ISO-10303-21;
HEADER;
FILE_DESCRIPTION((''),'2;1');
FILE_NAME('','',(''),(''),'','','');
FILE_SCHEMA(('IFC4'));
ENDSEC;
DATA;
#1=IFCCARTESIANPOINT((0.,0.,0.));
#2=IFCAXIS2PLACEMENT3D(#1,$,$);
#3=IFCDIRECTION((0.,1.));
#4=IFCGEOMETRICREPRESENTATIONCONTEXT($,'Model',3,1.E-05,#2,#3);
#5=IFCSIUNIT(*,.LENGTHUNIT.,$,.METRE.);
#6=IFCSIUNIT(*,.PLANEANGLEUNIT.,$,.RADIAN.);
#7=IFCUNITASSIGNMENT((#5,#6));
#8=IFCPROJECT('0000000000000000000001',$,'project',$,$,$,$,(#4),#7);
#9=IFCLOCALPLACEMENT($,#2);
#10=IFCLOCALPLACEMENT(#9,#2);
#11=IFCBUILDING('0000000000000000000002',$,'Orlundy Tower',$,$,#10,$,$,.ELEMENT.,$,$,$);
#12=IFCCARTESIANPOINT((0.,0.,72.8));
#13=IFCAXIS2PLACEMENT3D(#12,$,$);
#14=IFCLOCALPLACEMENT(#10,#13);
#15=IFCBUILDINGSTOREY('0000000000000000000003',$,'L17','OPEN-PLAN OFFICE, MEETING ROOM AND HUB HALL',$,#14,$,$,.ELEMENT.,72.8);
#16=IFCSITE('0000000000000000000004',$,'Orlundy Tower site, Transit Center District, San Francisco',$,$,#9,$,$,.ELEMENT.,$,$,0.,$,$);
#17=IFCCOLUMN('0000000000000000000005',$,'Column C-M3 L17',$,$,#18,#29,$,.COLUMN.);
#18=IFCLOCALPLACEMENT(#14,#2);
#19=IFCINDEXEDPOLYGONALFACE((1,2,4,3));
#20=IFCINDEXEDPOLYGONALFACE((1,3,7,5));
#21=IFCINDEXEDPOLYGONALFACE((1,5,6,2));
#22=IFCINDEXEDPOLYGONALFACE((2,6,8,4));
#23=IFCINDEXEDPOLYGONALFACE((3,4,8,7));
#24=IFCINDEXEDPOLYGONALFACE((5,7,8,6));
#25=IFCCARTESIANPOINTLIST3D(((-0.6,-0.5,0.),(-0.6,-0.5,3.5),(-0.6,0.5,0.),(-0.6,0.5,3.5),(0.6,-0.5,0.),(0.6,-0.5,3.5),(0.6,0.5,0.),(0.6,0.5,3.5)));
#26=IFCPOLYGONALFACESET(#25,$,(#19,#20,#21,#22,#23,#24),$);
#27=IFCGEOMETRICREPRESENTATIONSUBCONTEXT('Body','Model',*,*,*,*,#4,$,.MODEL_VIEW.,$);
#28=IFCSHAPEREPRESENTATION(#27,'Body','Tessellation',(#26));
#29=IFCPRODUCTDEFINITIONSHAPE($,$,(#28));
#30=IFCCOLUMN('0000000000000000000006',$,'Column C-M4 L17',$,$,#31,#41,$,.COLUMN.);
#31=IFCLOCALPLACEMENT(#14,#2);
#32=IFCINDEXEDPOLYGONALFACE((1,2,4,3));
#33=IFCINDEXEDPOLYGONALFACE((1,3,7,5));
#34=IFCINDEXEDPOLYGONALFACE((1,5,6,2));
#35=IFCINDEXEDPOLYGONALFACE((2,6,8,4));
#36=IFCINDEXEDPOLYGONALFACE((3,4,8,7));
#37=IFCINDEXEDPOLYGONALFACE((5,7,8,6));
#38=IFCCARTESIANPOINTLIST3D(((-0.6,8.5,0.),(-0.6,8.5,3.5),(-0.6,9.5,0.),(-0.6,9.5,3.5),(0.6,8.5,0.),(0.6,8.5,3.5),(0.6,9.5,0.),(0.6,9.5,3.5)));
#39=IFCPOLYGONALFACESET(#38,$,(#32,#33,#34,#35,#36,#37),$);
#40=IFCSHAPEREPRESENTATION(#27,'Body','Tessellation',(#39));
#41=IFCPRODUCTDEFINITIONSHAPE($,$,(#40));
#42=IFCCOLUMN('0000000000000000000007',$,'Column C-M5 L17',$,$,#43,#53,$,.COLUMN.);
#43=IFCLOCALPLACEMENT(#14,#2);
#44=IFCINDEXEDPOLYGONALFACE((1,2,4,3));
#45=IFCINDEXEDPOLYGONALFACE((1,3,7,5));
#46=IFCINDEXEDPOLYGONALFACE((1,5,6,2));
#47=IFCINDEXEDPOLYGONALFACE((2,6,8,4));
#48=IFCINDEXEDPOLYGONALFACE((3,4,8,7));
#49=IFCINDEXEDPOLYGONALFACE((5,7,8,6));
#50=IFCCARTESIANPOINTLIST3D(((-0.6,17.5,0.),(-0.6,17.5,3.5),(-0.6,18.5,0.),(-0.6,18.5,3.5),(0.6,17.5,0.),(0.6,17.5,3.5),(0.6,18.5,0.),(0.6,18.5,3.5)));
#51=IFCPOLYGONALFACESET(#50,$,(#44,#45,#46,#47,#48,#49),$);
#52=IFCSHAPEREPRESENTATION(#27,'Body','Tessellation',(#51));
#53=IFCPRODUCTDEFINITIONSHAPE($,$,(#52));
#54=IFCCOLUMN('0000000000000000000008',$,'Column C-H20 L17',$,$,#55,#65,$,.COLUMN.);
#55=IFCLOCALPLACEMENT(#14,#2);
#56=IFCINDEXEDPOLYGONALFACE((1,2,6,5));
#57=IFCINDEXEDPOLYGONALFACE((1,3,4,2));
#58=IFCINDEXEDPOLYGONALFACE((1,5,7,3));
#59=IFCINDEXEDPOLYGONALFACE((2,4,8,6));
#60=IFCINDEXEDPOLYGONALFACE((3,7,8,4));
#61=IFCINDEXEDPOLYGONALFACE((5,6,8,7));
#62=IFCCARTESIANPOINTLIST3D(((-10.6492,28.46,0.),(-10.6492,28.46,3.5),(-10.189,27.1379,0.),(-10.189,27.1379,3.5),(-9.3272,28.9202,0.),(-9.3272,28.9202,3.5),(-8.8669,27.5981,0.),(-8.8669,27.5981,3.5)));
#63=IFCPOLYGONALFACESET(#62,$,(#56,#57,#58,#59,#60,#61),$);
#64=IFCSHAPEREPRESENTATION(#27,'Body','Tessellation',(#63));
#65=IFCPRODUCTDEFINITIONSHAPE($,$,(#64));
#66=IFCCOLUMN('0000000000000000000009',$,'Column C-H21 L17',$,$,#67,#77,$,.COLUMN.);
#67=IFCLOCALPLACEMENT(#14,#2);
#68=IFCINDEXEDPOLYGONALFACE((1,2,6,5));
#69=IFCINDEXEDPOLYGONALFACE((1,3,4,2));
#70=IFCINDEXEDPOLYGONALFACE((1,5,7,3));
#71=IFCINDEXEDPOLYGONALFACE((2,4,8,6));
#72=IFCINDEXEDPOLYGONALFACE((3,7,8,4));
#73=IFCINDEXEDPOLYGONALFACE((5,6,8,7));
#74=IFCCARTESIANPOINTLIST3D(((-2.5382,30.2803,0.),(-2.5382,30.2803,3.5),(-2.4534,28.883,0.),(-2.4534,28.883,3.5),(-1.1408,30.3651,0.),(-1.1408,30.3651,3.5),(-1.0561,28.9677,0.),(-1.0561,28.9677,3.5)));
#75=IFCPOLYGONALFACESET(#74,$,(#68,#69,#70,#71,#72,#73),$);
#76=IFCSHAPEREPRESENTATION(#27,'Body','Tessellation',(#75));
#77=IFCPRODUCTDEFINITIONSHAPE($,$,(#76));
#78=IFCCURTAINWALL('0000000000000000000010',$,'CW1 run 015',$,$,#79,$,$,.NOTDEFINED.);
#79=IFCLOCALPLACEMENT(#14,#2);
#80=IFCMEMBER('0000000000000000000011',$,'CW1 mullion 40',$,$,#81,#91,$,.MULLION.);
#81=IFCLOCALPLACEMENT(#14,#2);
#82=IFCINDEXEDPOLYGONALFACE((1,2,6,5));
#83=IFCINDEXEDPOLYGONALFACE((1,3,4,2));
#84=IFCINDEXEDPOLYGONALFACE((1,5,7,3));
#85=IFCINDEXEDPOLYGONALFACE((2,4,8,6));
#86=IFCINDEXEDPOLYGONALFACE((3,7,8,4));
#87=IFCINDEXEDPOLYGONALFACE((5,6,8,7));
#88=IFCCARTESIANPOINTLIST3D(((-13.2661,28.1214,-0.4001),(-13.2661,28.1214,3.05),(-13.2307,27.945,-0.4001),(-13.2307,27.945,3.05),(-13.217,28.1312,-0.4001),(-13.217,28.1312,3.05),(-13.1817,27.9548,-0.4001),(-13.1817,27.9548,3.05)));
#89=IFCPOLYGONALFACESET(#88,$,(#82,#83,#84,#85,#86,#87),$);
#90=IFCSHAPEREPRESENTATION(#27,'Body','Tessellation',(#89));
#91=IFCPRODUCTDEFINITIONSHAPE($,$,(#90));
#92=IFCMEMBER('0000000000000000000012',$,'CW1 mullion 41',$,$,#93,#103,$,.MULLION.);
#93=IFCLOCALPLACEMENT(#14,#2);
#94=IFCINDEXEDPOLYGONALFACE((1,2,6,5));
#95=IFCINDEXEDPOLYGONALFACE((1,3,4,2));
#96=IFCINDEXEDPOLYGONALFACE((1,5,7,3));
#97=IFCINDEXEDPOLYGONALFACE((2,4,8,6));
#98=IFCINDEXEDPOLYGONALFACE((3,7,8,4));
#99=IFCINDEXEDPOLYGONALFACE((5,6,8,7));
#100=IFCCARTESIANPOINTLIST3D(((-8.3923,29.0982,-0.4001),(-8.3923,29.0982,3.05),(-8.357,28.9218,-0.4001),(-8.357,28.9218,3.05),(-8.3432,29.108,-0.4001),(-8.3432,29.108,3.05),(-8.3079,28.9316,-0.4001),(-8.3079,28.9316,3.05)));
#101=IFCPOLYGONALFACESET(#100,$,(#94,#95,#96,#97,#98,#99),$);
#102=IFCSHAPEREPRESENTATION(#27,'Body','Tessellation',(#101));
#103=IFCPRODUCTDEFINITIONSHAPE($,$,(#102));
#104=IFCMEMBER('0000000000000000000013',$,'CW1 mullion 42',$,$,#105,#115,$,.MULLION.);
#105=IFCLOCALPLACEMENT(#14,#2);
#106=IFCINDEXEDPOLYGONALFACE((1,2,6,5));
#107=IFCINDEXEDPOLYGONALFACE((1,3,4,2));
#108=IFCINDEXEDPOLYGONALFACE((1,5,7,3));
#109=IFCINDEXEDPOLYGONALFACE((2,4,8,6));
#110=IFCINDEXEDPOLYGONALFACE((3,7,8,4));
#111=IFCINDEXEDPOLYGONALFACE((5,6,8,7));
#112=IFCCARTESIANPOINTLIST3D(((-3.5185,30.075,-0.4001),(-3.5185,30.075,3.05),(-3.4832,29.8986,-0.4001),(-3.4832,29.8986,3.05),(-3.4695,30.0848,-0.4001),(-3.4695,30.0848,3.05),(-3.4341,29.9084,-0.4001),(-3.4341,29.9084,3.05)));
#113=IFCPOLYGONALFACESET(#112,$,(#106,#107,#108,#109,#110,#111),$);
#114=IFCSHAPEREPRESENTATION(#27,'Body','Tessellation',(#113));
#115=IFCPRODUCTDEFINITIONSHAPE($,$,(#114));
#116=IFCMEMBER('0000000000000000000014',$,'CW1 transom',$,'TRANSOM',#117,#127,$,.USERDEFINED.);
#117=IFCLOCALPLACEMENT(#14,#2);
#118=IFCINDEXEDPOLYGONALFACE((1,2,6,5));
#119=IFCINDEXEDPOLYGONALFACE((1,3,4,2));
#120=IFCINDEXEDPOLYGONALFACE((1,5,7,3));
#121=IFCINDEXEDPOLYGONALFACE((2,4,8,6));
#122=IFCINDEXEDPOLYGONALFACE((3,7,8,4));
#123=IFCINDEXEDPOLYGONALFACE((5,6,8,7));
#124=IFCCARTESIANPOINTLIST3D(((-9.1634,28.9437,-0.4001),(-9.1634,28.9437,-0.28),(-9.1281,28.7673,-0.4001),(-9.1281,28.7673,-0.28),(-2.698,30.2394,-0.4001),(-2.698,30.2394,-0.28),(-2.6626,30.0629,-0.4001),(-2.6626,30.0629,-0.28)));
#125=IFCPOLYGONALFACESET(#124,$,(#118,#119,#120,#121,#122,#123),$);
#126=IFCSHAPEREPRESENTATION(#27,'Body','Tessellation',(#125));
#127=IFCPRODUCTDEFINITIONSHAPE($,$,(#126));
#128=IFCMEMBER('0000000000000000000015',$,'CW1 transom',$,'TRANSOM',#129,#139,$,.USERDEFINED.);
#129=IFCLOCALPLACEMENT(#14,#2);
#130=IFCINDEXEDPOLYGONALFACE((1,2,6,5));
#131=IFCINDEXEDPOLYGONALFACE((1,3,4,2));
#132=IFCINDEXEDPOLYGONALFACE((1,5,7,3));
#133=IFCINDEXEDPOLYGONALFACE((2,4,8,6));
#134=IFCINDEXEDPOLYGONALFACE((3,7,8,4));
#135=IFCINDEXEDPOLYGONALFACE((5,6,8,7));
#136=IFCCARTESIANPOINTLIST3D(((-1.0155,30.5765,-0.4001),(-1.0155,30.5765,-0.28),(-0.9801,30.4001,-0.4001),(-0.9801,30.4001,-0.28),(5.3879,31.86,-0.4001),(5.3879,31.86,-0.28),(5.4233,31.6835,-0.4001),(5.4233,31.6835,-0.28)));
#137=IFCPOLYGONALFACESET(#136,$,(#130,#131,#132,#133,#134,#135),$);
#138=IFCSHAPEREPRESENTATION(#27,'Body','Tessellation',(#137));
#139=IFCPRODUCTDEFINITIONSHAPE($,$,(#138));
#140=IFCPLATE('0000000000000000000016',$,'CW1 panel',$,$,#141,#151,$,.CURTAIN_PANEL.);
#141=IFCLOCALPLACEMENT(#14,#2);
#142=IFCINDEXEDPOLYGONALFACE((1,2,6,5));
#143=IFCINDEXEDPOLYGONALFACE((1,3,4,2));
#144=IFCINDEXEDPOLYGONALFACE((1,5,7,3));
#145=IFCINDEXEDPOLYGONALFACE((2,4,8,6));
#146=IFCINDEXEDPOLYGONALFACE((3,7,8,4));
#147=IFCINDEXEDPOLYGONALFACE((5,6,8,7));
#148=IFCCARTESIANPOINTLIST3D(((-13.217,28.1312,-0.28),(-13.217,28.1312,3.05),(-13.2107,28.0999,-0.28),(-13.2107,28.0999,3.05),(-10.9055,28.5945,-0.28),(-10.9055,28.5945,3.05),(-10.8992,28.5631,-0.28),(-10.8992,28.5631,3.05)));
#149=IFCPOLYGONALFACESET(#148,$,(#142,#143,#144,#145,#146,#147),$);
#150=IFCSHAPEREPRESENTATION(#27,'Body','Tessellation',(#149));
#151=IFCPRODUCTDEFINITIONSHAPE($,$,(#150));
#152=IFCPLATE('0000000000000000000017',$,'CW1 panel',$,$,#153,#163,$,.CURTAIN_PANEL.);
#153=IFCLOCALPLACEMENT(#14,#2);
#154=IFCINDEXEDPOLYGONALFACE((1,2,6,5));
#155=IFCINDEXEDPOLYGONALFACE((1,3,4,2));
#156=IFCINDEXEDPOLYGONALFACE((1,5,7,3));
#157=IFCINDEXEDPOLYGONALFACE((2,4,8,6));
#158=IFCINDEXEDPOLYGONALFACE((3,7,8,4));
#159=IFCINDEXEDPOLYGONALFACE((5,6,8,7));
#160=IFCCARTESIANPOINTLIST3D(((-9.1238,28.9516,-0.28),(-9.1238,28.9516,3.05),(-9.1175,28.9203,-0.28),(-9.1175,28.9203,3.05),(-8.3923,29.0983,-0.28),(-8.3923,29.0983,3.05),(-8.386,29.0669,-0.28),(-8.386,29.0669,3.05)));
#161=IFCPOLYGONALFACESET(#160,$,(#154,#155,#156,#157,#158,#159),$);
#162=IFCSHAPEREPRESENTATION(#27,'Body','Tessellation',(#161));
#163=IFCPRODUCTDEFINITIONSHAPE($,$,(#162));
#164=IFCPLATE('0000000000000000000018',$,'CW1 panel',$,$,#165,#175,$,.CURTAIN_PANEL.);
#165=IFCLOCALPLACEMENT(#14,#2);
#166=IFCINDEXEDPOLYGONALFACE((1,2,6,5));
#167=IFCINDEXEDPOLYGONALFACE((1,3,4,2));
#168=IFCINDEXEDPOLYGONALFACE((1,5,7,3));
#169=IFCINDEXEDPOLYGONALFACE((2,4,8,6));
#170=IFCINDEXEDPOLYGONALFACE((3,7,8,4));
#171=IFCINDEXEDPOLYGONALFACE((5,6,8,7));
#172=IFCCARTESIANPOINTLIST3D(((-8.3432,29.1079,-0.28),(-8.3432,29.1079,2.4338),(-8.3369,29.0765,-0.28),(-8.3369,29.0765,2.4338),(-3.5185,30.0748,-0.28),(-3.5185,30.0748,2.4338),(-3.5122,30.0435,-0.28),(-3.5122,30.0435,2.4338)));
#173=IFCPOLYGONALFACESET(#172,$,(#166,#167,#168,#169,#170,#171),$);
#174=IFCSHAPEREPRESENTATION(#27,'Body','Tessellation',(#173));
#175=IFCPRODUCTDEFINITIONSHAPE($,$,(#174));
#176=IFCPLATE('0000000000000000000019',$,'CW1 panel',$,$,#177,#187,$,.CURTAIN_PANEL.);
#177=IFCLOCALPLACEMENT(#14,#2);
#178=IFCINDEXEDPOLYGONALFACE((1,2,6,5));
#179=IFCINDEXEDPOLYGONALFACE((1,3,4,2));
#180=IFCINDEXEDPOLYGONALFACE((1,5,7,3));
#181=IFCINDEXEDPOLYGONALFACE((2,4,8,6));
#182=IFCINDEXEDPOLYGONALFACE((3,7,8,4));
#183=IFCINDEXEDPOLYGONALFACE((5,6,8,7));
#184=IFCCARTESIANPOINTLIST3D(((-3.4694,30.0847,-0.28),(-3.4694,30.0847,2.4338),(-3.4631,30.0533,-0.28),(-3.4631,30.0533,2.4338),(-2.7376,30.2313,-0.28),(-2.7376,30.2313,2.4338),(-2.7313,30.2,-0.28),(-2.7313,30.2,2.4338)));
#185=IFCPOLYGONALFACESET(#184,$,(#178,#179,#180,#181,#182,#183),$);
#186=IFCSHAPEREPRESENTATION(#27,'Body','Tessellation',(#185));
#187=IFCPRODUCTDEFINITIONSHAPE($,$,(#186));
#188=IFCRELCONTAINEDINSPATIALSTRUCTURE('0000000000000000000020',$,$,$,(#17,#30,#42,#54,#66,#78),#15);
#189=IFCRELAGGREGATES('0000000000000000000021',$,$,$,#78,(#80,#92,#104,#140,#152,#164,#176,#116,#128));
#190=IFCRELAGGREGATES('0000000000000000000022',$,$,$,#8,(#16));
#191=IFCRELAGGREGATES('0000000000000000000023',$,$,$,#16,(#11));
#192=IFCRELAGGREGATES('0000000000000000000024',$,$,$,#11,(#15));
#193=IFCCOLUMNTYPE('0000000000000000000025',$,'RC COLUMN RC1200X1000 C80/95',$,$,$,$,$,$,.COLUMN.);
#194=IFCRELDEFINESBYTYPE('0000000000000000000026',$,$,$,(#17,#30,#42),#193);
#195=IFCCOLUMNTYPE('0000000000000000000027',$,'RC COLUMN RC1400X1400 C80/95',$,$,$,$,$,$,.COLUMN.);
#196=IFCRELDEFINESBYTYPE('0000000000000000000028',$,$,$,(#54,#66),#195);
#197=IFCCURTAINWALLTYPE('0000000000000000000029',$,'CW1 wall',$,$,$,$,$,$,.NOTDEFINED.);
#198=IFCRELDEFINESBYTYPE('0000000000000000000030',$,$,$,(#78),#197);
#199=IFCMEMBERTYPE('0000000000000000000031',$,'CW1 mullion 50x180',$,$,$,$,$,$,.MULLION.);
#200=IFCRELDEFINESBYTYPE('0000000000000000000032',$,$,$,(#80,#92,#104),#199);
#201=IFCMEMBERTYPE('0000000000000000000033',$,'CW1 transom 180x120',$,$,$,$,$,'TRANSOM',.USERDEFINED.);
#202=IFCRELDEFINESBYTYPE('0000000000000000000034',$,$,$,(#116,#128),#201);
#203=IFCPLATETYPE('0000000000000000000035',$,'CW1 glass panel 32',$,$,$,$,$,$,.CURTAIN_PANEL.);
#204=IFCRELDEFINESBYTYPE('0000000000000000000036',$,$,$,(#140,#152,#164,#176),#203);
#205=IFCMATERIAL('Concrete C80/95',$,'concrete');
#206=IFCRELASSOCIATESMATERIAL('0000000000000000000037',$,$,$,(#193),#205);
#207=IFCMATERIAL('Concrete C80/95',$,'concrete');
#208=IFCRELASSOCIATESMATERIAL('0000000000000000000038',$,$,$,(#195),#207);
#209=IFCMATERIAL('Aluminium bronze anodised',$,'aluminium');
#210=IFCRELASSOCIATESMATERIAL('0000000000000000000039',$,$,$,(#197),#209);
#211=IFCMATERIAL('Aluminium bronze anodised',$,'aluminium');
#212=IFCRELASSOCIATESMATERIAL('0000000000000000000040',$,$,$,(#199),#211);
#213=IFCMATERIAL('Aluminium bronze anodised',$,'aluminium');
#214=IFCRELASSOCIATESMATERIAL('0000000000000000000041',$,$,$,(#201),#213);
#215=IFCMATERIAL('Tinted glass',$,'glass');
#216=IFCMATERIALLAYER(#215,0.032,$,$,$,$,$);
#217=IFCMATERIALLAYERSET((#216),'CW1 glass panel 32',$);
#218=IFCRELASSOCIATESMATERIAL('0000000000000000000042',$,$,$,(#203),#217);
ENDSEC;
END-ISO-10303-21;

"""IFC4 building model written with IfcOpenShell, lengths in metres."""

from ifc_helpers import new_model, si_unit, direction, frame, origin, origin_2d, place, context, subcontext, project, spatial, rectangle, extrude, material, layer, layer_set, material_profile, profile_set, type_object, element, aggregate, save


model = new_model("IFC4")

# Units and contexts
model_context = context("Model", 3, precision=1e-05, world=origin(), true_north=direction((0.0, 1.0)))
body_context = subcontext(model_context, "Body", "Model", "MODEL_VIEW")
ifc_project = project(units=[si_unit("LENGTHUNIT", "METRE"), si_unit("PLANEANGLEUNIT", "RADIAN")], contexts=[model_context])

# Site, building, storey
site_placement = place(None, origin())
site = spatial("IfcSite", under=ifc_project, at=site_placement, Name="Orlundy Tower site, Transit Center District, San Francisco", CompositionType="ELEMENT", RefElevation=0.0)
building_placement = place(site_placement, origin())
building = spatial("IfcBuilding", under=site, at=building_placement, Name="Orlundy Tower", CompositionType="ELEMENT")
storey_placement = place(building_placement, frame((0.0, 0.0, 72.8)))
storey = spatial("IfcBuildingStorey", under=building, at=storey_placement, Name="L17", Description="OPEN-PLAN OFFICE, MEETING ROOM AND HUB HALL", CompositionType="ELEMENT", Elevation=72.8)

# Columns
ifc_material_1 = material(Name="Concrete C80/95", Category="concrete")
ifc_material_profile_1 = material_profile(ifc_material_1, rectangle(XDim=1.2, YDim=1.0, at=origin_2d()), Name="RC1200X1000")
ifc_profile_set_1 = profile_set([ifc_material_profile_1], Name="Concrete C80/95")
column_type_1 = type_object("IfcColumnType", Name="RC COLUMN RC1200X1000 C80/95", PredefinedType="COLUMN", material=ifc_profile_set_1)
for number, where, z_axis, x_axis, name in (
    (1, (0.0, 0.0, 0.0), (0.0, 0.0, 1.0), (1.0, 0.0, 0.0), "Column C-M3 L17"),
    (2, (0.0, 9.0, 0.0), (0.0, 0.0, 1.0), (1.0, 0.0, 0.0), "Column C-M4 L17"),
    (3, (0.0, 18.0, 0.0), (0.0, 0.0, 1.0), (1.0, 0.0, 0.0), "Column C-M5 L17"),
):
    element("IfcColumn", number, at=place(storey_placement, frame(where, z_axis=z_axis, x_axis=x_axis)), inside=storey, type_object=column_type_1, Name=name, PredefinedType="COLUMN", context=body_context, shape_type="SweptSolid", body=[
        extrude(rectangle(XDim=1.2, YDim=1.0, at=origin_2d()), origin(), (0.0, 0.0, 1.0), 3.5),
    ])
ifc_material_2 = material(Name="Concrete C80/95", Category="concrete")
ifc_material_profile_2 = material_profile(ifc_material_2, rectangle(XDim=1.3999, YDim=1.3999, at=origin_2d()), Name="RC1400X1400")
ifc_profile_set_2 = profile_set([ifc_material_profile_2], Name="Concrete C80/95")
column_type_2 = type_object("IfcColumnType", Name="RC COLUMN RC1400X1400 C80/95", PredefinedType="COLUMN", material=ifc_profile_set_2)
for number, where, z_axis, x_axis, name in (
    (4, (-9.7581, 28.0291, 0.0), (0.0, 0.0, 1.0), (-0.328784, 0.944405, 0.0), "Column C-H20 L17"),
    (5, (-1.7971, 29.624, 0.0), (0.0, 0.0, 1.0), (-0.060543, 0.998166, 0.0), "Column C-H21 L17"),
):
    element("IfcColumn", number, at=place(storey_placement, frame(where, z_axis=z_axis, x_axis=x_axis)), inside=storey, type_object=column_type_2, Name=name, PredefinedType="COLUMN", context=body_context, shape_type="SweptSolid", body=[
        extrude(rectangle(XDim=1.3999, YDim=1.3999, at=origin_2d()), origin(), (0.0, 0.0, 1.0), 3.5),
    ])

# Curtain wall, members, plates
ifc_material_3 = material(Name="Aluminium bronze anodised", Category="aluminium")
curtain_wall_type = type_object("IfcCurtainWallType", Name="CW1 wall", PredefinedType="NOTDEFINED", material=ifc_material_3)
curtain_wall_placement = place(storey_placement, origin())
curtain_wall = element("IfcCurtainWall", 6, at=curtain_wall_placement, inside=storey, type_object=curtain_wall_type, Name="CW1 run 015", PredefinedType="NOTDEFINED")
ifc_material_4 = material(Name="Aluminium bronze anodised", Category="aluminium")
ifc_material_profile_3 = material_profile(ifc_material_4, rectangle(XDim=0.1799, YDim=0.05, at=origin_2d()), Name="CW1 mullion 50x180")
ifc_profile_set_3 = profile_set([ifc_material_profile_3], Name="Aluminium bronze anodised")
member_type_1 = type_object("IfcMemberType", Name="CW1 mullion 50x180", PredefinedType="MULLION", material=ifc_profile_set_3)
member_1_placement = place(storey_placement, frame((-13.2239, 28.0381, -0.4001), z_axis=(0.0, 0.0, 1.0), x_axis=(-0.196511, 0.980502, 0.0)))
member_1 = element("IfcMember", 7, at=member_1_placement, type_object=member_type_1, Name="CW1 mullion 40", PredefinedType="MULLION", context=body_context, shape_type="SweptSolid", body=[
    extrude(rectangle(XDim=0.1799, YDim=0.05, at=origin_2d()), origin(), (0.0, 0.0, 1.0), 3.4502),
])
member_2_placement = place(storey_placement, frame((-8.3501, 29.0149, -0.4001), z_axis=(0.0, 0.0, 1.0), x_axis=(-0.196511, 0.980502, 0.0)))
member_2 = element("IfcMember", 8, at=member_2_placement, type_object=member_type_1, Name="CW1 mullion 41", PredefinedType="MULLION", context=body_context, shape_type="SweptSolid", body=[
    extrude(rectangle(XDim=0.1799, YDim=0.05, at=origin_2d()), origin(), (0.0, 0.0, 1.0), 3.4502),
])
member_3_placement = place(storey_placement, frame((-3.4763, 29.9917, -0.4001), z_axis=(0.0, 0.0, 1.0), x_axis=(-0.196511, 0.980502, 0.0)))
member_3 = element("IfcMember", 9, at=member_3_placement, type_object=member_type_1, Name="CW1 mullion 42", PredefinedType="MULLION", context=body_context, shape_type="SweptSolid", body=[
    extrude(rectangle(XDim=0.1799, YDim=0.05, at=origin_2d()), origin(), (0.0, 0.0, 1.0), 3.4502),
])
ifc_material_5 = material(Name="Aluminium bronze anodised", Category="aluminium")
ifc_material_profile_4 = material_profile(ifc_material_5, rectangle(XDim=0.1799, YDim=0.1201, at=origin_2d()), Name="CW1 transom 180x120")
ifc_profile_set_4 = profile_set([ifc_material_profile_4], Name="Aluminium bronze anodised")
member_type_2 = type_object("IfcMemberType", Name="CW1 transom 180x120", ElementType="TRANSOM", PredefinedType="USERDEFINED", material=ifc_profile_set_4)
member_4_placement = place(storey_placement, frame((-9.1458, 28.8555, -0.3401), z_axis=(0.980505, 0.196493, 0.0), x_axis=(-0.196493, 0.980505, 0.0)))
member_4 = element("IfcMember", 10, at=member_4_placement, type_object=member_type_2, Name="CW1 transom", ObjectType="TRANSOM", PredefinedType="USERDEFINED", context=body_context, shape_type="SweptSolid", body=[
    extrude(rectangle(XDim=0.1799, YDim=0.1201, at=origin_2d()), origin(), (0.0, 0.0, 1.0), 6.594),
])
member_5_placement = place(storey_placement, frame((-0.9978, 30.4883, -0.3401), z_axis=(0.980499, 0.196526, 0.0), x_axis=(-0.196526, 0.980499, 0.0)))
member_5 = element("IfcMember", 11, at=member_5_placement, type_object=member_type_2, Name="CW1 transom", ObjectType="TRANSOM", PredefinedType="USERDEFINED", context=body_context, shape_type="SweptSolid", body=[
    extrude(rectangle(XDim=0.1799, YDim=0.1201, at=origin_2d()), origin(), (0.0, 0.0, 1.0), 6.5308),
])
ifc_material_6 = material(Name="Tinted glass", Category="glass")
ifc_layer_1 = layer(ifc_material_6, 0.032)
ifc_layer_set_1 = layer_set([ifc_layer_1], Name="CW1 glass panel 32")
plate_type = type_object("IfcPlateType", Name="CW1 glass panel 32", PredefinedType="CURTAIN_PANEL", material=ifc_layer_set_1)
plate_1_placement = place(storey_placement, frame((-12.0581, 28.3472, -0.28), z_axis=(0.0, 0.0, 1.0), x_axis=(0.980502, 0.196511, 0.0)))
plate_1 = element("IfcPlate", 12, at=plate_1_placement, type_object=plate_type, Name="CW1 panel", PredefinedType="CURTAIN_PANEL", context=body_context, shape_type="SweptSolid", body=[
    extrude(rectangle(XDim=2.3574, YDim=0.032, at=origin_2d()), origin(), (0.0, 0.0, 1.0), 3.3301),
])
plate_2_placement = place(storey_placement, frame((-8.7549, 29.0093, -0.28), z_axis=(0.0, 0.0, 1.0), x_axis=(0.980502, 0.196511, 0.0)))
plate_2 = element("IfcPlate", 13, at=plate_2_placement, type_object=plate_type, Name="CW1 panel", PredefinedType="CURTAIN_PANEL", context=body_context, shape_type="SweptSolid", body=[
    extrude(rectangle(XDim=0.7461, YDim=0.032, at=origin_2d()), origin(), (0.0, 0.0, 1.0), 3.3301),
])
plate_3_placement = place(storey_placement, frame((-5.9277, 29.5757, -0.28), z_axis=(0.0, 0.0, 1.0), x_axis=(0.980502, 0.196511, 0.0)))
plate_3 = element("IfcPlate", 14, at=plate_3_placement, type_object=plate_type, Name="CW1 panel", PredefinedType="CURTAIN_PANEL", context=body_context, shape_type="SweptSolid", body=[
    extrude(rectangle(XDim=4.9207, YDim=0.032, at=origin_2d()), origin(), (0.0, 0.0, 1.0), 2.7139),
])
plate_4_placement = place(storey_placement, frame((-3.1003, 30.1423, -0.28), z_axis=(0.0, 0.0, 1.0), x_axis=(0.980502, 0.196511, 0.0)))
plate_4 = element("IfcPlate", 15, at=plate_4_placement, type_object=plate_type, Name="CW1 panel", PredefinedType="CURTAIN_PANEL", context=body_context, shape_type="SweptSolid", body=[
    extrude(rectangle(XDim=0.7463, YDim=0.032, at=origin_2d()), origin(), (0.0, 0.0, 1.0), 2.7139),
])
aggregate(curtain_wall, [member_1, member_2, member_3, plate_1, plate_2, plate_3, plate_4, member_4, member_5])

save(model, "model.ifc")
